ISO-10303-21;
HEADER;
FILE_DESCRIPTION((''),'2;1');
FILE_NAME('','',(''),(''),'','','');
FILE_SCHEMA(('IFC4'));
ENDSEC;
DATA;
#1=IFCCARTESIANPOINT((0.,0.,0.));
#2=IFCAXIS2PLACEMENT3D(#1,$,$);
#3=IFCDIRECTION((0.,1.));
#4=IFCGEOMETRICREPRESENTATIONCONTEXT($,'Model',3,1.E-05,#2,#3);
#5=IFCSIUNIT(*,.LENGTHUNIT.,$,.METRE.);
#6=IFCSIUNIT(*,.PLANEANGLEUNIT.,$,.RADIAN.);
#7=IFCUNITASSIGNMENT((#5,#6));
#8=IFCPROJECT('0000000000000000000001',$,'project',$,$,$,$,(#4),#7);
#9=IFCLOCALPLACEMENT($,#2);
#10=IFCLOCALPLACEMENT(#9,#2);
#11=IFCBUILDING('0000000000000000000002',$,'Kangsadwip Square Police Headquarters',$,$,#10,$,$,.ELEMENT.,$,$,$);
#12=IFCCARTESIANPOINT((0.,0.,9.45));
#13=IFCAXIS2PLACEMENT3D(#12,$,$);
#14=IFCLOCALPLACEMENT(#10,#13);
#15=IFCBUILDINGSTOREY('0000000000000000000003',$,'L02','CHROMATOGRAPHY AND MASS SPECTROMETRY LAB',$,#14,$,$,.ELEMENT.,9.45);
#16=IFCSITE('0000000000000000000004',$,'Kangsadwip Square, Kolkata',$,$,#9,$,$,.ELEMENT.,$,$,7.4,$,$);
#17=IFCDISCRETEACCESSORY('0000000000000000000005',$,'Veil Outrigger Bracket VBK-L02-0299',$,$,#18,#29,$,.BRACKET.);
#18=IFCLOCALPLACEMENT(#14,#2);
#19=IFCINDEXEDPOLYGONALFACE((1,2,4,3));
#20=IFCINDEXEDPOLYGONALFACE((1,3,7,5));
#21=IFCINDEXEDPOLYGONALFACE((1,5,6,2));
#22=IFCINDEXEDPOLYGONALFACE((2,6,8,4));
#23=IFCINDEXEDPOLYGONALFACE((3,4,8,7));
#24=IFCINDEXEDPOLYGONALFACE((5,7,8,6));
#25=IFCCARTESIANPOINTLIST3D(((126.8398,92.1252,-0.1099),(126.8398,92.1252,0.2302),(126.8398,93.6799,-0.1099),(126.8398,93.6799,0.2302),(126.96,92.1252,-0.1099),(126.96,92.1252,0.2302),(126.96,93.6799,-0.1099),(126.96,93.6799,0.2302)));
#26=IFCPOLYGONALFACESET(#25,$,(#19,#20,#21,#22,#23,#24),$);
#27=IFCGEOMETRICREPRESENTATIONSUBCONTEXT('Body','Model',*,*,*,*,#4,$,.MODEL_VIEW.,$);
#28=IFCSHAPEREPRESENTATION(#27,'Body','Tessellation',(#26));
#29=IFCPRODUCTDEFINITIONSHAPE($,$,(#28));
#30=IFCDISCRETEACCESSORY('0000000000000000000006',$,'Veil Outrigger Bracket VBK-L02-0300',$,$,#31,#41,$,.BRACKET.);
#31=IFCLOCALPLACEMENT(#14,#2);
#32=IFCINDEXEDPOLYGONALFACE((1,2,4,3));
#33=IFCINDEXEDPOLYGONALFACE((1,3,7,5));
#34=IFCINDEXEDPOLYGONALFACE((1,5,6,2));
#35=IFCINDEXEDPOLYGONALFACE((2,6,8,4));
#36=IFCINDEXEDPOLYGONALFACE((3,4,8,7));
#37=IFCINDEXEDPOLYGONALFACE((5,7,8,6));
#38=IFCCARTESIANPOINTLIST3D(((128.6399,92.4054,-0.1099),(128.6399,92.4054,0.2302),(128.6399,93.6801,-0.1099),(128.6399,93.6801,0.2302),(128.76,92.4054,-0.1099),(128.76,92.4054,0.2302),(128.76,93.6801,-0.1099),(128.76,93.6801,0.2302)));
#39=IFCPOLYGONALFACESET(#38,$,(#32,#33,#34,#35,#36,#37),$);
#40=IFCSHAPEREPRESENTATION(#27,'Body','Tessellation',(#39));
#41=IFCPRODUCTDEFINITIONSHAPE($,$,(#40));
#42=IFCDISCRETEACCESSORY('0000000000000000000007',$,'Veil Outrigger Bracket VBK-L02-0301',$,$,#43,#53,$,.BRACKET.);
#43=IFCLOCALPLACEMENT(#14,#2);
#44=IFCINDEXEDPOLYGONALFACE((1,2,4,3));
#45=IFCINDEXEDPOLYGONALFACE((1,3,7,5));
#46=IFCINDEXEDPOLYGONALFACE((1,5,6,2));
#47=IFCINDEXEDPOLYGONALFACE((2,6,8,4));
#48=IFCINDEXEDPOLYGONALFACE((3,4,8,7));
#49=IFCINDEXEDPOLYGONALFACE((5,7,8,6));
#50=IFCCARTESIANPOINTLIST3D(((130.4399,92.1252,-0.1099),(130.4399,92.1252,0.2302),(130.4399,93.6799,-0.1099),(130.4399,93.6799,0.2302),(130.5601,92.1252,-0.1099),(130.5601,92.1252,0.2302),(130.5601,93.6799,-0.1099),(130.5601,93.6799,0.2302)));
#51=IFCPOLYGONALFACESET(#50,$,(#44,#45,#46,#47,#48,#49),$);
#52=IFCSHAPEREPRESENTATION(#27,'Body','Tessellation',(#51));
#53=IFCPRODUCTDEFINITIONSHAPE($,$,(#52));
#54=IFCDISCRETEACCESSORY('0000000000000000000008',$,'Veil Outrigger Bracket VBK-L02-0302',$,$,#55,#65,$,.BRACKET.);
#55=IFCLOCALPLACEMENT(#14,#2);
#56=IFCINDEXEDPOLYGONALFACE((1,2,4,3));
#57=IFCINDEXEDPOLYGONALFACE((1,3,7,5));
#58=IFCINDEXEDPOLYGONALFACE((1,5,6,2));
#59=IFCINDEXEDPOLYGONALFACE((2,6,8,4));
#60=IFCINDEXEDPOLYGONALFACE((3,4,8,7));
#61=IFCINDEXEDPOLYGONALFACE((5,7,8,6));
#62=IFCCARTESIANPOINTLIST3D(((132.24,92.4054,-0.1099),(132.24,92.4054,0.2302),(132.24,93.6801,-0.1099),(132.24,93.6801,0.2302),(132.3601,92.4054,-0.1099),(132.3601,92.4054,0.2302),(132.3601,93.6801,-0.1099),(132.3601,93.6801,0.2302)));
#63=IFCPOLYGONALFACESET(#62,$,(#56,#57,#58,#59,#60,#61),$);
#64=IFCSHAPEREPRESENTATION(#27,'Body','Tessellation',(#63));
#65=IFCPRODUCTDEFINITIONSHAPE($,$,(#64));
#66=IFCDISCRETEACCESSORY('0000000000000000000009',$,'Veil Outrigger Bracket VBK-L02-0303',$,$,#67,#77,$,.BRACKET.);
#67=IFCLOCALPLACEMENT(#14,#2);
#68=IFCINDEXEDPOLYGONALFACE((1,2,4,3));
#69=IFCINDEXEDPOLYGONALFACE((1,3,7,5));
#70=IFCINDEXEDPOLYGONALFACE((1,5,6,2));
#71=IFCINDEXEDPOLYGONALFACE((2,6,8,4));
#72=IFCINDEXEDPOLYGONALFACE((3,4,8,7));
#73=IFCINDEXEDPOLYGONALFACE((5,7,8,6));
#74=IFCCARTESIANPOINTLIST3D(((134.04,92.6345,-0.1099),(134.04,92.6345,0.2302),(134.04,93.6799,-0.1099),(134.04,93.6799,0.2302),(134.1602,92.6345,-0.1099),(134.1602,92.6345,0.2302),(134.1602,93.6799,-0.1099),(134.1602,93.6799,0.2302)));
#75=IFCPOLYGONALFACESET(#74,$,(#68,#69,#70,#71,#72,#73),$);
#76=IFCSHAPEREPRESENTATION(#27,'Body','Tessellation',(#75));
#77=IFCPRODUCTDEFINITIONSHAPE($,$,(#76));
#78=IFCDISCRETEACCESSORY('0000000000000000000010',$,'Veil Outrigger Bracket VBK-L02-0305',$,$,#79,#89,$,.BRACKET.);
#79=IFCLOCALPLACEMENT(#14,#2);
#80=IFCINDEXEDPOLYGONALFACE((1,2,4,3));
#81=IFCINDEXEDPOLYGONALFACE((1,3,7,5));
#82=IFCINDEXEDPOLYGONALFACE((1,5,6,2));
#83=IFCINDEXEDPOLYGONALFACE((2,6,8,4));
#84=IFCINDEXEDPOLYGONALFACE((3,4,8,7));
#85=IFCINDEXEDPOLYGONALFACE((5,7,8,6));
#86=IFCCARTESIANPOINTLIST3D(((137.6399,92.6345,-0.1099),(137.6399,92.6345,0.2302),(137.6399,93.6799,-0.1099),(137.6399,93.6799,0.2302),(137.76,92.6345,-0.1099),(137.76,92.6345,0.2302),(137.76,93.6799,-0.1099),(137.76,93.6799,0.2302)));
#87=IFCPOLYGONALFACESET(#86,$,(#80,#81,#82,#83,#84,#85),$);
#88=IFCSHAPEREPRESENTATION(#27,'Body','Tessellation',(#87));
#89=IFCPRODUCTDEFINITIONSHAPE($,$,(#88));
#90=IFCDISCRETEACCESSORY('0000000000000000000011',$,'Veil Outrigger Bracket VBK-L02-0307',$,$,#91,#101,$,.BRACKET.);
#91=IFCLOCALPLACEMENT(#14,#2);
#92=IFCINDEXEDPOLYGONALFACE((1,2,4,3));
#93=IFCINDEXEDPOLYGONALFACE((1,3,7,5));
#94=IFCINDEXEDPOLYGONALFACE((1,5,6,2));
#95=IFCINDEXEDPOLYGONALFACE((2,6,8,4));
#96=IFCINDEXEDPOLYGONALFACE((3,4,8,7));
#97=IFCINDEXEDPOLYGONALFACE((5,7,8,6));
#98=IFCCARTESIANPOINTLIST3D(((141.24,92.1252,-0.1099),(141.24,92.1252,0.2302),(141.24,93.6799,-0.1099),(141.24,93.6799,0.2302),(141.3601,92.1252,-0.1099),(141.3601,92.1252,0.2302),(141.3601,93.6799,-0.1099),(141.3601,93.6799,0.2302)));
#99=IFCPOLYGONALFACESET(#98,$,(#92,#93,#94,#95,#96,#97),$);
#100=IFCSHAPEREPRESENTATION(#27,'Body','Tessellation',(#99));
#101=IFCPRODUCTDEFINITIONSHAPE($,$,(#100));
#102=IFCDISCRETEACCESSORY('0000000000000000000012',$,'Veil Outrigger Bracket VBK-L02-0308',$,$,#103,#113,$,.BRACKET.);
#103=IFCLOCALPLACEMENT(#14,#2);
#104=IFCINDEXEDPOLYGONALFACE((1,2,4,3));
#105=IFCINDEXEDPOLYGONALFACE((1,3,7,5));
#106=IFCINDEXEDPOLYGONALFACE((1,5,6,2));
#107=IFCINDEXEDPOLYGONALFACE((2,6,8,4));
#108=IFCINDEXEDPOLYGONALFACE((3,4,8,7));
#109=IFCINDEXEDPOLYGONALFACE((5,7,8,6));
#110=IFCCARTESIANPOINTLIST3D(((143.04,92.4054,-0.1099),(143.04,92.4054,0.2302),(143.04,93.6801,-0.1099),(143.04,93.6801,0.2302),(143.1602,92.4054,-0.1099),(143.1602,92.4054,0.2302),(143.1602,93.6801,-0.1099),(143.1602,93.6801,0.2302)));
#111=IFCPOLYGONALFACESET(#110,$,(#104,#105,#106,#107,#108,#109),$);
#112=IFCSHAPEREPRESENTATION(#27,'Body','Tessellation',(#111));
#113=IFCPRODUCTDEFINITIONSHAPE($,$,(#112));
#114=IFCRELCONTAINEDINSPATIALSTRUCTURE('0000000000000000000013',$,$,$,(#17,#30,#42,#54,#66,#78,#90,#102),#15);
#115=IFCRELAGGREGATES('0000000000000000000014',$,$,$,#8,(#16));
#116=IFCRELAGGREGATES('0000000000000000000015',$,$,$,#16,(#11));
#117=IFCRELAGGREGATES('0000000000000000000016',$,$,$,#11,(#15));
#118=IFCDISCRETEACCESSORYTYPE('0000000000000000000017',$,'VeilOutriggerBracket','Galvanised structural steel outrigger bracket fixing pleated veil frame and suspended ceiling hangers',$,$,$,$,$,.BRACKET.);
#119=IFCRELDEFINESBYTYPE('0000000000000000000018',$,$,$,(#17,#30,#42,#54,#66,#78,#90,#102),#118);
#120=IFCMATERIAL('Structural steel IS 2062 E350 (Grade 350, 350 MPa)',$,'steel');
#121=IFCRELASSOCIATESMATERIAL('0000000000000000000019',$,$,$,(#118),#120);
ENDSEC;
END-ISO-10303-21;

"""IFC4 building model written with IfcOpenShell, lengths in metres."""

from ifc_helpers import new_model, si_unit, direction, frame, origin, origin_2d, place, context, subcontext, project, spatial, rectangle, extrude, material, type_object, element, save


model = new_model("IFC4")

# Units and contexts
model_context = context("Model", 3, precision=1e-05, world=origin(), true_north=direction((0.0, 1.0)))
body_context = subcontext(model_context, "Body", "Model", "MODEL_VIEW")
ifc_project = project(units=[si_unit("LENGTHUNIT", "METRE"), si_unit("PLANEANGLEUNIT", "RADIAN")], contexts=[model_context])

# Site, building, storey
site_placement = place(None, origin())
site = spatial("IfcSite", under=ifc_project, at=site_placement, Name="Kangsadwip Square, Kolkata", CompositionType="ELEMENT", RefElevation=7.4)
building_placement = place(site_placement, origin())
building = spatial("IfcBuilding", under=site, at=building_placement, Name="Kangsadwip Square Police Headquarters", CompositionType="ELEMENT")
storey_placement = place(building_placement, frame((0.0, 0.0, 9.45)))
storey = spatial("IfcBuildingStorey", under=building, at=storey_placement, Name="L02", Description="CHROMATOGRAPHY AND MASS SPECTROMETRY LAB", CompositionType="ELEMENT", Elevation=9.45)

# Discrete accessories
ifc_material_1 = material(Name="Structural steel IS 2062 E350 (Grade 350, 350 MPa)", Category="steel")
discrete_accessory_type = type_object("IfcDiscreteAccessoryType", Name="VeilOutriggerBracket", Description="Galvanised structural steel outrigger bracket fixing pleated veil frame and suspended ceiling hangers", PredefinedType="BRACKET", material=ifc_material_1)
discrete_accessory_1_placement = place(storey_placement, frame((126.8999, 92.9026, -0.1099), z_axis=(0.0, 0.0, 1.0), x_axis=(1.0, 0.0, 0.0)))
element("IfcDiscreteAccessory", 1, at=discrete_accessory_1_placement, inside=storey, type_object=discrete_accessory_type, Name="Veil Outrigger Bracket VBK-L02-0299", PredefinedType="BRACKET", context=body_context, shape_type="SweptSolid", body=[
    extrude(rectangle(XDim=0.1201, YDim=1.5547, at=origin_2d()), origin(), (0.0, 0.0, 1.0), 0.3401),
])
discrete_accessory_2_placement = place(storey_placement, frame((128.7, 93.0427, -0.1099), z_axis=(0.0, 0.0, 1.0), x_axis=(1.0, 0.0, 0.0)))
element("IfcDiscreteAccessory", 2, at=discrete_accessory_2_placement, inside=storey, type_object=discrete_accessory_type, Name="Veil Outrigger Bracket VBK-L02-0300", PredefinedType="BRACKET", context=body_context, shape_type="SweptSolid", body=[
    extrude(rectangle(XDim=0.1201, YDim=1.2747, at=origin_2d()), origin(), (0.0, 0.0, 1.0), 0.3401),
])
discrete_accessory_3_placement = place(storey_placement, frame((130.5, 92.9026, -0.1099), z_axis=(0.0, 0.0, 1.0), x_axis=(1.0, 0.0, 0.0)))
element("IfcDiscreteAccessory", 3, at=discrete_accessory_3_placement, inside=storey, type_object=discrete_accessory_type, Name="Veil Outrigger Bracket VBK-L02-0301", PredefinedType="BRACKET", context=body_context, shape_type="SweptSolid", body=[
    extrude(rectangle(XDim=0.1201, YDim=1.5547, at=origin_2d()), origin(), (0.0, 0.0, 1.0), 0.3401),
])
discrete_accessory_4_placement = place(storey_placement, frame((132.3, 93.0427, -0.1099), z_axis=(0.0, 0.0, 1.0), x_axis=(1.0, 0.0, 0.0)))
element("IfcDiscreteAccessory", 4, at=discrete_accessory_4_placement, inside=storey, type_object=discrete_accessory_type, Name="Veil Outrigger Bracket VBK-L02-0302", PredefinedType="BRACKET", context=body_context, shape_type="SweptSolid", body=[
    extrude(rectangle(XDim=0.1201, YDim=1.2747, at=origin_2d()), origin(), (0.0, 0.0, 1.0), 0.3401),
])
for number, where, z_axis, x_axis, name in (
    (5, (134.1001, 93.1572, -0.1099), (0.0, 0.0, 1.0), (1.0, 0.0, 0.0), "Veil Outrigger Bracket VBK-L02-0303"),
    (6, (137.7, 93.1572, -0.1099), (0.0, 0.0, 1.0), (1.0, 0.0, 0.0), "Veil Outrigger Bracket VBK-L02-0305"),
):
    element("IfcDiscreteAccessory", number, at=place(storey_placement, frame(where, z_axis=z_axis, x_axis=x_axis)), inside=storey, type_object=discrete_accessory_type, Name=name, PredefinedType="BRACKET", context=body_context, shape_type="SweptSolid", body=[
        extrude(rectangle(XDim=0.1201, YDim=1.0454, at=origin_2d()), origin(), (0.0, 0.0, 1.0), 0.3401),
    ])
discrete_accessory_5_placement = place(storey_placement, frame((141.3, 92.9026, -0.1099), z_axis=(0.0, 0.0, 1.0), x_axis=(1.0, 0.0, 0.0)))
element("IfcDiscreteAccessory", 7, at=discrete_accessory_5_placement, inside=storey, type_object=discrete_accessory_type, Name="Veil Outrigger Bracket VBK-L02-0307", PredefinedType="BRACKET", context=body_context, shape_type="SweptSolid", body=[
    extrude(rectangle(XDim=0.1201, YDim=1.5547, at=origin_2d()), origin(), (0.0, 0.0, 1.0), 0.3401),
])
discrete_accessory_6_placement = place(storey_placement, frame((143.1001, 93.0427, -0.1099), z_axis=(0.0, 0.0, 1.0), x_axis=(1.0, 0.0, 0.0)))
element("IfcDiscreteAccessory", 8, at=discrete_accessory_6_placement, inside=storey, type_object=discrete_accessory_type, Name="Veil Outrigger Bracket VBK-L02-0308", PredefinedType="BRACKET", context=body_context, shape_type="SweptSolid", body=[
    extrude(rectangle(XDim=0.1201, YDim=1.2747, at=origin_2d()), origin(), (0.0, 0.0, 1.0), 0.3401),
])

save(model, "model.ifc")
